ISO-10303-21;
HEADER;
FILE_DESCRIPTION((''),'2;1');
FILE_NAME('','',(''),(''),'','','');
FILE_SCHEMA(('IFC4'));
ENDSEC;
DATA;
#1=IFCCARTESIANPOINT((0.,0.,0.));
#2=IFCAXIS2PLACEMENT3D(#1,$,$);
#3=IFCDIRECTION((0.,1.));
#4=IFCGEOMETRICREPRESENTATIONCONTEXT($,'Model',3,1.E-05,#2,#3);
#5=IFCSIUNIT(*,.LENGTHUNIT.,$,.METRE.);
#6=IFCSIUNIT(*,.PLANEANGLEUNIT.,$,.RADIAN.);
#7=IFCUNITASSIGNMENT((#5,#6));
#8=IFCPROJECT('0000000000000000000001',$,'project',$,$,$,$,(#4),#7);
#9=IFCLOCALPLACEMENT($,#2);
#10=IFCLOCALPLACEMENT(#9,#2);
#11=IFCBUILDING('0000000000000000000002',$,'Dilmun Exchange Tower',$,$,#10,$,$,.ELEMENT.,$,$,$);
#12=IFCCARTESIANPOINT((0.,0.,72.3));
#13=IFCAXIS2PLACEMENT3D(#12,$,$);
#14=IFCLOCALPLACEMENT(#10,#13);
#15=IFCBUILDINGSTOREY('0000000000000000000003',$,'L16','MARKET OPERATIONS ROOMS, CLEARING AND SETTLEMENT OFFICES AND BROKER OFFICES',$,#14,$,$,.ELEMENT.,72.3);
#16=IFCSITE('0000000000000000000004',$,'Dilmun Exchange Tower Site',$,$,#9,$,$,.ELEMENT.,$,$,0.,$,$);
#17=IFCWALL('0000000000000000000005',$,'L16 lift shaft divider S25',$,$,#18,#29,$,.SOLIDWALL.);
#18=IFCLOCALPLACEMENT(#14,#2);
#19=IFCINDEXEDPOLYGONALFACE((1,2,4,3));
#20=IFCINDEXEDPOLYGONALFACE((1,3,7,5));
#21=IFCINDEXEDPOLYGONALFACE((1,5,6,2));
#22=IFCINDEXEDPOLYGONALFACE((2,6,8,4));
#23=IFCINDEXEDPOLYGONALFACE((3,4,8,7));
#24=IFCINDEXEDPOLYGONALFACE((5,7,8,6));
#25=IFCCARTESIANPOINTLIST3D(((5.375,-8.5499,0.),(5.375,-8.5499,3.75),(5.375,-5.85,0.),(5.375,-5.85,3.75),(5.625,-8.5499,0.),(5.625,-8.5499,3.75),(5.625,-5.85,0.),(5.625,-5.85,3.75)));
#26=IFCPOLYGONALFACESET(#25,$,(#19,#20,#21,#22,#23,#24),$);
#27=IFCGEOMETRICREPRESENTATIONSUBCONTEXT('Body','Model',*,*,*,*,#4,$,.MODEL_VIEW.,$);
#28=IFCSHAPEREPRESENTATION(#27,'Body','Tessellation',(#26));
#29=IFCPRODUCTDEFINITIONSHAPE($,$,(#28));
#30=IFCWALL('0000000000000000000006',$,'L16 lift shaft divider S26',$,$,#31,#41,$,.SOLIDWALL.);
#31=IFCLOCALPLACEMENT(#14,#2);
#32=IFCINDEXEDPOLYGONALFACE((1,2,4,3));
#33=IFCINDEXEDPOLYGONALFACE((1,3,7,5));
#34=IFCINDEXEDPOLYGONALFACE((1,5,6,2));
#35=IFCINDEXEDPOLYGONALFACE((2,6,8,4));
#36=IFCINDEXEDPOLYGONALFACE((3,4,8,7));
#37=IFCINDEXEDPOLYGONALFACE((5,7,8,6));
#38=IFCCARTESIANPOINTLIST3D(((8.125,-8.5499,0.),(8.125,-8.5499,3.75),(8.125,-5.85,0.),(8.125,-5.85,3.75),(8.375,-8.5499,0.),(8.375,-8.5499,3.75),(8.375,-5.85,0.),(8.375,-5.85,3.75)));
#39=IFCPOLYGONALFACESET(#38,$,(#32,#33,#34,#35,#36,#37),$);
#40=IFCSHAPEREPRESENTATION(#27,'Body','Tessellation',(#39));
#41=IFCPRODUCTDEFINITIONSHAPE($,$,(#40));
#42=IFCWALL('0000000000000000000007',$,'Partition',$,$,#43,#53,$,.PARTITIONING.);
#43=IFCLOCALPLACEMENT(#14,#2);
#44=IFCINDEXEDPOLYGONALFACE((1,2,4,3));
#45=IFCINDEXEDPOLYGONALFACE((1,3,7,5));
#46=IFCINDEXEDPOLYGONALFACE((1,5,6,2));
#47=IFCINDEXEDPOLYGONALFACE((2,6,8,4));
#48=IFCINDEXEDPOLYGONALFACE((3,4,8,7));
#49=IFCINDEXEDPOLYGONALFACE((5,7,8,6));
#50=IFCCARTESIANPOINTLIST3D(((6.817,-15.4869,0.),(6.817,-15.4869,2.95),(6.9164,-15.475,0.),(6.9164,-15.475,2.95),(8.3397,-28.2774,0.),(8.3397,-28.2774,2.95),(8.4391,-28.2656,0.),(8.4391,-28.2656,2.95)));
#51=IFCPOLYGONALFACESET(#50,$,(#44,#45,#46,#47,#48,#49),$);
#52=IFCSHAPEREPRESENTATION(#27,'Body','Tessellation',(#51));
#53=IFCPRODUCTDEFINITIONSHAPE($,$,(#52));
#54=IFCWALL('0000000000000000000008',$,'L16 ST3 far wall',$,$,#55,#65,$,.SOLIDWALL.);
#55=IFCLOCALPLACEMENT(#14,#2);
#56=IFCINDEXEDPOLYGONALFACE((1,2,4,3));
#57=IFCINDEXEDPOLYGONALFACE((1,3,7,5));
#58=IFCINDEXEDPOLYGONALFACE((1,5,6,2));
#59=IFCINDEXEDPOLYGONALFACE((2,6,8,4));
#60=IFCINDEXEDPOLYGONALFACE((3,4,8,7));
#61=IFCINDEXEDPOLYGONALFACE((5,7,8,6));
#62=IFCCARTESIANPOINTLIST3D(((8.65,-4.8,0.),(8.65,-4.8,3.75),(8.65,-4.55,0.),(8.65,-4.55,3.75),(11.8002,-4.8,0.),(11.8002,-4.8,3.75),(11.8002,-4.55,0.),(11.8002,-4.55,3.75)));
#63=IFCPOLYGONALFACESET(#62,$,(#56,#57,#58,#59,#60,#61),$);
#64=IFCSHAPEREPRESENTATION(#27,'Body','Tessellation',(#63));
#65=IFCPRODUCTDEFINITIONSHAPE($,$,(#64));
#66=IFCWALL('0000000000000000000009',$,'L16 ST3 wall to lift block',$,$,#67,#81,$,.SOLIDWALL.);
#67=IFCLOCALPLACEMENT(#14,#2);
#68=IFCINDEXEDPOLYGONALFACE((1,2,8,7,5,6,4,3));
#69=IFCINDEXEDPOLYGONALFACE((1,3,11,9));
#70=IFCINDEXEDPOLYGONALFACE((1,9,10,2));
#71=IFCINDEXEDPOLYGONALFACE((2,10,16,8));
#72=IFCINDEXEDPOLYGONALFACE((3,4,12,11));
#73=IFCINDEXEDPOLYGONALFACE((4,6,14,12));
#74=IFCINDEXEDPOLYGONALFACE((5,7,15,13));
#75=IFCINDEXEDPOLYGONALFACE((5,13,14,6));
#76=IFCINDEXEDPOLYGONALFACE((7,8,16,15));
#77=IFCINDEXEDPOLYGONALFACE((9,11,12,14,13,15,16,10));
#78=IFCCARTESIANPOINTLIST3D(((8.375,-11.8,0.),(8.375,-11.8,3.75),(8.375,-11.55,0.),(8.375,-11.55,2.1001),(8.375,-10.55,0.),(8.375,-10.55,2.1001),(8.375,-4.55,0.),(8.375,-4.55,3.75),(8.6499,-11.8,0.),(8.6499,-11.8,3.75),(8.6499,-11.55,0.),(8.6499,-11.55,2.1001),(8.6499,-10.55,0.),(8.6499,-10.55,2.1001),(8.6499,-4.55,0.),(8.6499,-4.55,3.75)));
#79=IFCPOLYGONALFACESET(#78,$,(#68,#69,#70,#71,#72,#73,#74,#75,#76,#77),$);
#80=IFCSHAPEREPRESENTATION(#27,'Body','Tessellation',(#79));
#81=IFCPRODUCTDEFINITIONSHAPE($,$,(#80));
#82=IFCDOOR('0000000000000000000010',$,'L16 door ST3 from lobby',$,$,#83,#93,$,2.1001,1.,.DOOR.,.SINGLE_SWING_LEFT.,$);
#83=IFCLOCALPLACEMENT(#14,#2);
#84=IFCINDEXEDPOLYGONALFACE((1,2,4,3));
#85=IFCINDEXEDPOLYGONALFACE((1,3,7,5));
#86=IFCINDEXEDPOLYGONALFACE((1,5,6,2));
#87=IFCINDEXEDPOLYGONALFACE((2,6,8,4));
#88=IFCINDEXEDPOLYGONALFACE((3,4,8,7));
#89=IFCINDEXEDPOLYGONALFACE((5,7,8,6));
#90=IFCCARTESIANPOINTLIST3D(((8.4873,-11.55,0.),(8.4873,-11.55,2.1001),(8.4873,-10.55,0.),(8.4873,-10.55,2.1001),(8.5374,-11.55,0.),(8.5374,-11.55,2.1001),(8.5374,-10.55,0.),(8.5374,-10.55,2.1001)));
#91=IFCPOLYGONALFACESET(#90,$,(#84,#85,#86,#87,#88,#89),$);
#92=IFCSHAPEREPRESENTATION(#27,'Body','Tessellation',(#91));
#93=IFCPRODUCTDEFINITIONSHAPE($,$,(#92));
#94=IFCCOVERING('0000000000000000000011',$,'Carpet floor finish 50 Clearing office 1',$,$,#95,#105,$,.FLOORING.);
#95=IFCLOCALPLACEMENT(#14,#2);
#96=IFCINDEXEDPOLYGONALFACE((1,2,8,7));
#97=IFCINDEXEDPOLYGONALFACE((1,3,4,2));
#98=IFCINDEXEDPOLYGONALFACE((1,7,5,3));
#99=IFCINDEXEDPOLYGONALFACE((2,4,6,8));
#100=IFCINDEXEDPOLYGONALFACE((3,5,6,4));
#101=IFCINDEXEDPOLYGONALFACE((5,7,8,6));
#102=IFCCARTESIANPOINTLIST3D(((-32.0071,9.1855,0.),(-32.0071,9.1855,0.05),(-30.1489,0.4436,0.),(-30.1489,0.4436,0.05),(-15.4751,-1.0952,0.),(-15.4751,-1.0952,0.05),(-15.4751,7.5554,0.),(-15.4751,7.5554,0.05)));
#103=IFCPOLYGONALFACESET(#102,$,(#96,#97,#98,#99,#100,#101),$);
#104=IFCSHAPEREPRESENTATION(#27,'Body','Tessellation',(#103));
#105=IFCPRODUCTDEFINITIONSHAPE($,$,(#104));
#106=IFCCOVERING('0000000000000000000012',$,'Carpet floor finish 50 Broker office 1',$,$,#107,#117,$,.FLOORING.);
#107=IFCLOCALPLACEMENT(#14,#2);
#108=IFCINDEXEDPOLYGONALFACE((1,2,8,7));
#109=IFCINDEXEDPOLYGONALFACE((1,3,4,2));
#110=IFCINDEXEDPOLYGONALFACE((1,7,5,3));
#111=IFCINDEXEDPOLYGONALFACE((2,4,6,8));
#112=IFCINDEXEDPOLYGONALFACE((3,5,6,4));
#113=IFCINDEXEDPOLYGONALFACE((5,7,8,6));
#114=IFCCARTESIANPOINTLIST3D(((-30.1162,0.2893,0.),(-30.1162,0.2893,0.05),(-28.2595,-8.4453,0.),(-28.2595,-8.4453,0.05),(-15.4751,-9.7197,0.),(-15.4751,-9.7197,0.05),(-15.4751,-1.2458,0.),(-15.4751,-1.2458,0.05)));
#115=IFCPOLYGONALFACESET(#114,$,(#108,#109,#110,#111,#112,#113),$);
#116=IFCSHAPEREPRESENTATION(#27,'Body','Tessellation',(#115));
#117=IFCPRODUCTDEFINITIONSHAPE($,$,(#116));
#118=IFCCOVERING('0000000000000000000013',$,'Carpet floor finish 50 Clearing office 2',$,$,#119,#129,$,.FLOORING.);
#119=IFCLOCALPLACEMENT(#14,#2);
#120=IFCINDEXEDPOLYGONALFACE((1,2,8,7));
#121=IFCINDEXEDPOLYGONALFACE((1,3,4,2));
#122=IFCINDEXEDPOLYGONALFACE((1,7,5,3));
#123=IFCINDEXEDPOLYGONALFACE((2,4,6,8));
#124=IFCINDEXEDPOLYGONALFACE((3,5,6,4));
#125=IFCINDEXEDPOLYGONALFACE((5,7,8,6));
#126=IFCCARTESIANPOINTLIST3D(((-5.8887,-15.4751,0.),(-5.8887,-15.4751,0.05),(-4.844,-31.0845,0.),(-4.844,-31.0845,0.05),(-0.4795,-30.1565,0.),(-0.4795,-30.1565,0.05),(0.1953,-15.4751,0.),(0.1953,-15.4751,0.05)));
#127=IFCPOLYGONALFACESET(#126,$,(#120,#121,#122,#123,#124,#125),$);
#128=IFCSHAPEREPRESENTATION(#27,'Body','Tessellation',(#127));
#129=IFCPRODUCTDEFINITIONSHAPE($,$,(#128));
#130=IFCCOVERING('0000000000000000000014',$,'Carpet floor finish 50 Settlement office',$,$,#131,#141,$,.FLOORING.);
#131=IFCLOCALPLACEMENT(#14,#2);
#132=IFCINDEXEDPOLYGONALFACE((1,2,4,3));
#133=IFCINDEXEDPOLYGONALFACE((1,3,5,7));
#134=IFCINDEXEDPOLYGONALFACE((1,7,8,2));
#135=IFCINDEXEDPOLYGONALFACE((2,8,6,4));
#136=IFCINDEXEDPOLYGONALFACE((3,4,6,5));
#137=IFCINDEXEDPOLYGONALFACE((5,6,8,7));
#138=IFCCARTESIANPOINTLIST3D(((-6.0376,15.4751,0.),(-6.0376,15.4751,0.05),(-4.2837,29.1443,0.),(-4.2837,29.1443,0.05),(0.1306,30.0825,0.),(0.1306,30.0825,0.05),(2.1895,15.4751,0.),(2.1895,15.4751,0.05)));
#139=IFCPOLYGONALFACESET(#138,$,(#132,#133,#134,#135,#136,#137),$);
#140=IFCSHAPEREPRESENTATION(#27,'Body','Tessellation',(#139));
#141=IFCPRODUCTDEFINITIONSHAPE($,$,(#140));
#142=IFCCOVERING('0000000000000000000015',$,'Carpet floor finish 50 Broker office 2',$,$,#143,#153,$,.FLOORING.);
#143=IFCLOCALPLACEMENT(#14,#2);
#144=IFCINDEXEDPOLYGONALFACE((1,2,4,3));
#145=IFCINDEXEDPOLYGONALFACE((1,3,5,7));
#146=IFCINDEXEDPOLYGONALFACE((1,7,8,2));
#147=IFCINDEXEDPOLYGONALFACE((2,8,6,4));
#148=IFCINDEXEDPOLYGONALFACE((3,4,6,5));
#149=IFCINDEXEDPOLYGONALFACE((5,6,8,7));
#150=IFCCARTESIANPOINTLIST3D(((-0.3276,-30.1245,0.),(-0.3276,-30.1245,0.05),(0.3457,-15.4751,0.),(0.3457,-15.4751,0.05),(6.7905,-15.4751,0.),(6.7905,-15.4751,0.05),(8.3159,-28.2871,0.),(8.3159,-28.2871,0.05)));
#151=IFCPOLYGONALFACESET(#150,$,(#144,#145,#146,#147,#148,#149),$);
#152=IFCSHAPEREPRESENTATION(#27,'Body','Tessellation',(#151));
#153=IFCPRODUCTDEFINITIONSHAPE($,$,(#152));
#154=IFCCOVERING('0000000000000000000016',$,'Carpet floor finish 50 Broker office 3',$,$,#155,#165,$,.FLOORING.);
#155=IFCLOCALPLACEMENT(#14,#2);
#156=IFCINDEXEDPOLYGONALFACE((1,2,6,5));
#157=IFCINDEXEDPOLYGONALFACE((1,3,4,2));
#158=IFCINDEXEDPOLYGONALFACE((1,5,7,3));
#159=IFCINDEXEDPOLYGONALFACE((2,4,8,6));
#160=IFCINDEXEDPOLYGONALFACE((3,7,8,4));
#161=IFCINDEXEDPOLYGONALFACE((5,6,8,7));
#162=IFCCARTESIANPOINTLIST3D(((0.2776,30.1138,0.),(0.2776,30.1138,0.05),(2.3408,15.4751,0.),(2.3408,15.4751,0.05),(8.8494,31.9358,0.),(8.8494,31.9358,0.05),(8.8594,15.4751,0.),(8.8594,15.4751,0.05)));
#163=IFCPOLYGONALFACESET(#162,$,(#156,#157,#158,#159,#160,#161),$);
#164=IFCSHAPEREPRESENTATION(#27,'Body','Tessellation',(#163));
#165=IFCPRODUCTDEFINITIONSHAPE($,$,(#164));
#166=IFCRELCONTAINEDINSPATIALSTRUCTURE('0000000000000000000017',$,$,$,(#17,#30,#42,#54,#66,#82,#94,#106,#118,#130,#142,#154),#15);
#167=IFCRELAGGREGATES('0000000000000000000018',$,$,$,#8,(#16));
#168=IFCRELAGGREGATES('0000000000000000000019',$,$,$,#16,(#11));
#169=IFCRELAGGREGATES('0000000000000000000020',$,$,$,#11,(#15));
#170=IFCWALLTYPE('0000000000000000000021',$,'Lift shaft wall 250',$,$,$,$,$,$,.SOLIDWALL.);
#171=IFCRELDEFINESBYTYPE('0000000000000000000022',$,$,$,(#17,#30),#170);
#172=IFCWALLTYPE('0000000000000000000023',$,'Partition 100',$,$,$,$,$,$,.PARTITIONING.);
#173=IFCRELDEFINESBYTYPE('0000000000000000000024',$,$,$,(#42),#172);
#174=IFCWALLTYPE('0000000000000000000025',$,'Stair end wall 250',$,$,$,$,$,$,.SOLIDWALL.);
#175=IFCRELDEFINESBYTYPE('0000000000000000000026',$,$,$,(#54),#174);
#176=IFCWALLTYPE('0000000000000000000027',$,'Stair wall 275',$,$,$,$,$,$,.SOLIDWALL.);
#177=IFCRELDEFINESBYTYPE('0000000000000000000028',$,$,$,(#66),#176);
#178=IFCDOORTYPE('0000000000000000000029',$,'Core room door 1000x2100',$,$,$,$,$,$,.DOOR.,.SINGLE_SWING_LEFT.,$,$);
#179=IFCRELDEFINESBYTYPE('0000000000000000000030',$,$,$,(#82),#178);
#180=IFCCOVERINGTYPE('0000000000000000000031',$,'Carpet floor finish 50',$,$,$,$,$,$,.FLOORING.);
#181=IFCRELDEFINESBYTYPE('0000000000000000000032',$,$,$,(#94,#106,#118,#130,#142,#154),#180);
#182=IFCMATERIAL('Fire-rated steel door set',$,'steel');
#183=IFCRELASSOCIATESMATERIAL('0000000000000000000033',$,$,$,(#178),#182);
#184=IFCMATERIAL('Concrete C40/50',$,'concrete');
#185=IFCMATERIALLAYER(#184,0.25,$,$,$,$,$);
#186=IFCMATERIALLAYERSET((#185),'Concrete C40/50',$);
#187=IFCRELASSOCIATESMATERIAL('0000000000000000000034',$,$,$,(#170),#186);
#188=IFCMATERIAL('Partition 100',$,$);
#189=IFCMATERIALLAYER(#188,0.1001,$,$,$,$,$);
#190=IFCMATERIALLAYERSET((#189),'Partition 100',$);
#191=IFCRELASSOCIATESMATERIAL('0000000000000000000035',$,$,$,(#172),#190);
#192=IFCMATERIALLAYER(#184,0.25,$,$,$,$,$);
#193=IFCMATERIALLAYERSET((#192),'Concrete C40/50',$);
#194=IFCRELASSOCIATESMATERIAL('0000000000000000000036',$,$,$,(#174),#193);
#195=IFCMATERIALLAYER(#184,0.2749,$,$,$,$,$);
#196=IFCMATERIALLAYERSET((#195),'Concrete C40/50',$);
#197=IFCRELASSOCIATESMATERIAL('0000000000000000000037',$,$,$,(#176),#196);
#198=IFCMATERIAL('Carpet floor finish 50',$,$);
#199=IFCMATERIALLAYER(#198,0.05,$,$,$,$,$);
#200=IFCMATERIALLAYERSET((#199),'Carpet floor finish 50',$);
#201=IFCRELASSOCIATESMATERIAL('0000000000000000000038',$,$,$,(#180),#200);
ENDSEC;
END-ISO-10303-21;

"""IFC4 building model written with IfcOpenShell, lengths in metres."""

from ifc_helpers import new_model, si_unit, direction, frame, frame_2d, origin, place, context, subcontext, project, spatial, polyline, rectangle, outline, extrude, material, layer, layer_set, type_object, element, fill, save


model = new_model("IFC4")

# Units and contexts
model_context = context("Model", 3, precision=1e-05, world=origin(), true_north=direction((0.0, 1.0)))
body_context = subcontext(model_context, "Body", "Model", "MODEL_VIEW")
ifc_project = project(units=[si_unit("LENGTHUNIT", "METRE"), si_unit("PLANEANGLEUNIT", "RADIAN")], contexts=[model_context])

# Site, building, storey
site_placement = place(None, origin())
site = spatial("IfcSite", under=ifc_project, at=site_placement, Name="Dilmun Exchange Tower Site", CompositionType="ELEMENT", RefElevation=0.0)
building_placement = place(site_placement, origin())
building = spatial("IfcBuilding", under=site, at=building_placement, Name="Dilmun Exchange Tower", CompositionType="ELEMENT")
storey_placement = place(building_placement, frame((0.0, 0.0, 72.3)))
storey = spatial("IfcBuildingStorey", under=building, at=storey_placement, Name="L16", Description="MARKET OPERATIONS ROOMS, CLEARING AND SETTLEMENT OFFICES AND BROKER OFFICES", CompositionType="ELEMENT", Elevation=72.3)

# Shared definitions
ifc_material_1 = material(Name="Concrete C40/50", Category="concrete")

# Shared definitions
ifc_material_2 = material(Name="Fire-rated steel door set", Category="steel")

# Shared definitions
door_type_1 = type_object("IfcDoorType", Name="Core room door 1000x2100", OperationType="SINGLE_SWING_LEFT", PredefinedType="DOOR", material=ifc_material_2)

# Walls
ifc_layer_1 = layer(ifc_material_1, 0.25)
ifc_layer_set_1 = layer_set([ifc_layer_1], Name="Concrete C40/50")
wall_type_1 = type_object("IfcWallType", Name="Lift shaft wall 250", PredefinedType="SOLIDWALL", material=ifc_layer_set_1)
for number, where, z_axis, x_axis, name in (
    (1, (5.5, -8.55, 0.0), (0.0, 0.0, 1.0), (0.0, 1.0, 0.0), "L16 lift shaft divider S25"),
    (2, (8.25, -8.55, 0.0), (0.0, 0.0, 1.0), (0.0, 1.0, 0.0), "L16 lift shaft divider S26"),
):
    element("IfcWall", number, at=place(storey_placement, frame(where, z_axis=z_axis, x_axis=x_axis)), inside=storey, type_object=wall_type_1, Name=name, PredefinedType="SOLIDWALL", context=body_context, shape_type="SweptSolid", body=[
        extrude(rectangle(XDim=2.7, YDim=0.25, at=frame_2d((1.3501, 0.0))), origin(), (0.0, 0.0, 1.0), 3.75),
    ])
ifc_material_3 = material(Name="Partition 100")
ifc_layer_2 = layer(ifc_material_3, 0.1001)
ifc_layer_set_2 = layer_set([ifc_layer_2], Name="Partition 100")
wall_type_2 = type_object("IfcWallType", Name="Partition 100", PredefinedType="PARTITIONING", material=ifc_layer_set_2)
wall_1_placement = place(storey_placement, frame((6.8667, -15.481, 0.0), z_axis=(0.0, 0.0, 1.0), x_axis=(0.118215, -0.992988, 0.0)))
element("IfcWall", 3, at=wall_1_placement, inside=storey, type_object=wall_type_2, Name="Partition", PredefinedType="PARTITIONING", context=body_context, shape_type="SweptSolid", body=[
    extrude(rectangle(XDim=12.8809, YDim=0.1001, at=frame_2d((6.4404, 0.0))), origin(), (0.0, 0.0, 1.0), 2.95),
])
ifc_layer_3 = layer(ifc_material_1, 0.25)
ifc_layer_set_3 = layer_set([ifc_layer_3], Name="Concrete C40/50")
wall_type_3 = type_object("IfcWallType", Name="Stair end wall 250", PredefinedType="SOLIDWALL", material=ifc_layer_set_3)
wall_2_placement = place(storey_placement, frame((8.6499, -4.675, 0.0), z_axis=(0.0, 0.0, 1.0), x_axis=(1.0, 0.0, 0.0)))
element("IfcWall", 4, at=wall_2_placement, inside=storey, type_object=wall_type_3, Name="L16 ST3 far wall", PredefinedType="SOLIDWALL", context=body_context, shape_type="SweptSolid", body=[
    extrude(rectangle(XDim=3.1501, YDim=0.25, at=frame_2d((1.5752, 0.0))), origin(), (0.0, 0.0, 1.0), 3.75),
])

# Wall, opening, door
ifc_layer_4 = layer(ifc_material_1, 0.2749)
ifc_layer_set_4 = layer_set([ifc_layer_4], Name="Concrete C40/50")
wall_type_4 = type_object("IfcWallType", Name="Stair wall 275", PredefinedType="SOLIDWALL", material=ifc_layer_set_4)
wall_3_placement = place(storey_placement, frame((8.5125, -4.55, 0.0), z_axis=(0.0, 0.0, 1.0), x_axis=(0.0, -1.0, 0.0)))
wall_3 = element("IfcWall", 5, at=wall_3_placement, inside=storey, type_object=wall_type_4, Name="L16 ST3 wall to lift block", PredefinedType="SOLIDWALL", context=body_context, shape_type="SweptSolid", body=[
    extrude(rectangle(XDim=7.25, YDim=0.2749, at=frame_2d((3.625, 0.0))), origin(), (0.0, 0.0, 1.0), 3.75),
])
opening_1_placement = place(wall_3_placement, frame((6.0, 0.0, 0.0)))
opening_1 = element("IfcOpeningElement", 6, at=opening_1_placement, cuts=wall_3, PredefinedType="OPENING", context=body_context, shape_type="SweptSolid", body=[
    extrude(rectangle(XDim=1.0, YDim=2.1001, at=frame_2d((0.5, 1.05))), frame((0.0, 0.1475, 0.0), z_axis=(0.0, -1.0, 0.0), x_axis=(1.0, 0.0, 0.0)), (0.0, 0.0, 1.0), 0.2949),
])
door_1_placement = place(opening_1_placement, origin())
door_1 = element("IfcDoor", 7, at=door_1_placement, inside=storey, type_object=door_type_1, Name="L16 door ST3 from lobby", OperationType="SINGLE_SWING_LEFT", OverallHeight=2.1001, OverallWidth=1.0, PredefinedType="DOOR", context=body_context, shape_type="SweptSolid", body=[
    extrude(rectangle(XDim=1.0, YDim=2.1001, at=frame_2d((0.5, 1.05))), frame((0.0, 0.0249, 0.0), z_axis=(0.0, -1.0, 0.0), x_axis=(1.0, 0.0, 0.0)), (0.0, 0.0, 1.0), 0.05),
])
fill(opening_1, door_1)

# Coverings
ifc_material_4 = material(Name="Carpet floor finish 50")
ifc_layer_5 = layer(ifc_material_4, 0.05)
ifc_layer_set_5 = layer_set([ifc_layer_5], Name="Carpet floor finish 50")
covering_type_1 = type_object("IfcCoveringType", Name="Carpet floor finish 50", PredefinedType="FLOORING", material=ifc_layer_set_5)
covering_1_placement = place(storey_placement, origin())
element("IfcCovering", 8, at=covering_1_placement, inside=storey, type_object=covering_type_1, Name="Carpet floor finish 50 Clearing office 1", PredefinedType="FLOORING", context=body_context, shape_type="SweptSolid", body=[
    extrude(outline(polyline([(-15.4751, -1.0952), (-30.1489, 0.4436), (-32.0071, 9.1855), (-15.4751, 7.5554), (-15.4751, -1.0952)])), origin(), (0.0, 0.0, 1.0), 0.05),
])
covering_2_placement = place(storey_placement, origin())
element("IfcCovering", 9, at=covering_2_placement, inside=storey, type_object=covering_type_1, Name="Carpet floor finish 50 Broker office 1", PredefinedType="FLOORING", context=body_context, shape_type="SweptSolid", body=[
    extrude(outline(polyline([(-15.4751, -9.7197), (-28.2595, -8.4453), (-30.1162, 0.2893), (-15.4751, -1.2458), (-15.4751, -9.7197)])), origin(), (0.0, 0.0, 1.0), 0.05),
])
covering_3_placement = place(storey_placement, origin())
element("IfcCovering", 10, at=covering_3_placement, inside=storey, type_object=covering_type_1, Name="Carpet floor finish 50 Clearing office 2", PredefinedType="FLOORING", context=body_context, shape_type="SweptSolid", body=[
    extrude(outline(polyline([(-5.8887, -15.4751), (0.1953, -15.4751), (-0.4795, -30.1565), (-4.844, -31.0845), (-5.8887, -15.4751)])), origin(), (0.0, 0.0, 1.0), 0.05),
])
covering_4_placement = place(storey_placement, origin())
element("IfcCovering", 11, at=covering_4_placement, inside=storey, type_object=covering_type_1, Name="Carpet floor finish 50 Settlement office", PredefinedType="FLOORING", context=body_context, shape_type="SweptSolid", body=[
    extrude(outline(polyline([(2.1895, 15.4751), (-6.0376, 15.4751), (-4.2837, 29.1443), (0.1306, 30.0825), (2.1895, 15.4751)])), origin(), (0.0, 0.0, 1.0), 0.05),
])
covering_5_placement = place(storey_placement, origin())
element("IfcCovering", 12, at=covering_5_placement, inside=storey, type_object=covering_type_1, Name="Carpet floor finish 50 Broker office 2", PredefinedType="FLOORING", context=body_context, shape_type="SweptSolid", body=[
    extrude(outline(polyline([(6.7905, -15.4751), (8.3159, -28.2871), (-0.3276, -30.1245), (0.3457, -15.4751), (6.7905, -15.4751)])), origin(), (0.0, 0.0, 1.0), 0.05),
])
covering_6_placement = place(storey_placement, origin())
element("IfcCovering", 13, at=covering_6_placement, inside=storey, type_object=covering_type_1, Name="Carpet floor finish 50 Broker office 3", PredefinedType="FLOORING", context=body_context, shape_type="SweptSolid", body=[
    extrude(outline(polyline([(2.3408, 15.4751), (0.2776, 30.1138), (8.8494, 31.9358), (8.8594, 15.4751), (2.3408, 15.4751)])), origin(), (0.0, 0.0, 1.0), 0.05),
])

save(model, "model.ifc")
